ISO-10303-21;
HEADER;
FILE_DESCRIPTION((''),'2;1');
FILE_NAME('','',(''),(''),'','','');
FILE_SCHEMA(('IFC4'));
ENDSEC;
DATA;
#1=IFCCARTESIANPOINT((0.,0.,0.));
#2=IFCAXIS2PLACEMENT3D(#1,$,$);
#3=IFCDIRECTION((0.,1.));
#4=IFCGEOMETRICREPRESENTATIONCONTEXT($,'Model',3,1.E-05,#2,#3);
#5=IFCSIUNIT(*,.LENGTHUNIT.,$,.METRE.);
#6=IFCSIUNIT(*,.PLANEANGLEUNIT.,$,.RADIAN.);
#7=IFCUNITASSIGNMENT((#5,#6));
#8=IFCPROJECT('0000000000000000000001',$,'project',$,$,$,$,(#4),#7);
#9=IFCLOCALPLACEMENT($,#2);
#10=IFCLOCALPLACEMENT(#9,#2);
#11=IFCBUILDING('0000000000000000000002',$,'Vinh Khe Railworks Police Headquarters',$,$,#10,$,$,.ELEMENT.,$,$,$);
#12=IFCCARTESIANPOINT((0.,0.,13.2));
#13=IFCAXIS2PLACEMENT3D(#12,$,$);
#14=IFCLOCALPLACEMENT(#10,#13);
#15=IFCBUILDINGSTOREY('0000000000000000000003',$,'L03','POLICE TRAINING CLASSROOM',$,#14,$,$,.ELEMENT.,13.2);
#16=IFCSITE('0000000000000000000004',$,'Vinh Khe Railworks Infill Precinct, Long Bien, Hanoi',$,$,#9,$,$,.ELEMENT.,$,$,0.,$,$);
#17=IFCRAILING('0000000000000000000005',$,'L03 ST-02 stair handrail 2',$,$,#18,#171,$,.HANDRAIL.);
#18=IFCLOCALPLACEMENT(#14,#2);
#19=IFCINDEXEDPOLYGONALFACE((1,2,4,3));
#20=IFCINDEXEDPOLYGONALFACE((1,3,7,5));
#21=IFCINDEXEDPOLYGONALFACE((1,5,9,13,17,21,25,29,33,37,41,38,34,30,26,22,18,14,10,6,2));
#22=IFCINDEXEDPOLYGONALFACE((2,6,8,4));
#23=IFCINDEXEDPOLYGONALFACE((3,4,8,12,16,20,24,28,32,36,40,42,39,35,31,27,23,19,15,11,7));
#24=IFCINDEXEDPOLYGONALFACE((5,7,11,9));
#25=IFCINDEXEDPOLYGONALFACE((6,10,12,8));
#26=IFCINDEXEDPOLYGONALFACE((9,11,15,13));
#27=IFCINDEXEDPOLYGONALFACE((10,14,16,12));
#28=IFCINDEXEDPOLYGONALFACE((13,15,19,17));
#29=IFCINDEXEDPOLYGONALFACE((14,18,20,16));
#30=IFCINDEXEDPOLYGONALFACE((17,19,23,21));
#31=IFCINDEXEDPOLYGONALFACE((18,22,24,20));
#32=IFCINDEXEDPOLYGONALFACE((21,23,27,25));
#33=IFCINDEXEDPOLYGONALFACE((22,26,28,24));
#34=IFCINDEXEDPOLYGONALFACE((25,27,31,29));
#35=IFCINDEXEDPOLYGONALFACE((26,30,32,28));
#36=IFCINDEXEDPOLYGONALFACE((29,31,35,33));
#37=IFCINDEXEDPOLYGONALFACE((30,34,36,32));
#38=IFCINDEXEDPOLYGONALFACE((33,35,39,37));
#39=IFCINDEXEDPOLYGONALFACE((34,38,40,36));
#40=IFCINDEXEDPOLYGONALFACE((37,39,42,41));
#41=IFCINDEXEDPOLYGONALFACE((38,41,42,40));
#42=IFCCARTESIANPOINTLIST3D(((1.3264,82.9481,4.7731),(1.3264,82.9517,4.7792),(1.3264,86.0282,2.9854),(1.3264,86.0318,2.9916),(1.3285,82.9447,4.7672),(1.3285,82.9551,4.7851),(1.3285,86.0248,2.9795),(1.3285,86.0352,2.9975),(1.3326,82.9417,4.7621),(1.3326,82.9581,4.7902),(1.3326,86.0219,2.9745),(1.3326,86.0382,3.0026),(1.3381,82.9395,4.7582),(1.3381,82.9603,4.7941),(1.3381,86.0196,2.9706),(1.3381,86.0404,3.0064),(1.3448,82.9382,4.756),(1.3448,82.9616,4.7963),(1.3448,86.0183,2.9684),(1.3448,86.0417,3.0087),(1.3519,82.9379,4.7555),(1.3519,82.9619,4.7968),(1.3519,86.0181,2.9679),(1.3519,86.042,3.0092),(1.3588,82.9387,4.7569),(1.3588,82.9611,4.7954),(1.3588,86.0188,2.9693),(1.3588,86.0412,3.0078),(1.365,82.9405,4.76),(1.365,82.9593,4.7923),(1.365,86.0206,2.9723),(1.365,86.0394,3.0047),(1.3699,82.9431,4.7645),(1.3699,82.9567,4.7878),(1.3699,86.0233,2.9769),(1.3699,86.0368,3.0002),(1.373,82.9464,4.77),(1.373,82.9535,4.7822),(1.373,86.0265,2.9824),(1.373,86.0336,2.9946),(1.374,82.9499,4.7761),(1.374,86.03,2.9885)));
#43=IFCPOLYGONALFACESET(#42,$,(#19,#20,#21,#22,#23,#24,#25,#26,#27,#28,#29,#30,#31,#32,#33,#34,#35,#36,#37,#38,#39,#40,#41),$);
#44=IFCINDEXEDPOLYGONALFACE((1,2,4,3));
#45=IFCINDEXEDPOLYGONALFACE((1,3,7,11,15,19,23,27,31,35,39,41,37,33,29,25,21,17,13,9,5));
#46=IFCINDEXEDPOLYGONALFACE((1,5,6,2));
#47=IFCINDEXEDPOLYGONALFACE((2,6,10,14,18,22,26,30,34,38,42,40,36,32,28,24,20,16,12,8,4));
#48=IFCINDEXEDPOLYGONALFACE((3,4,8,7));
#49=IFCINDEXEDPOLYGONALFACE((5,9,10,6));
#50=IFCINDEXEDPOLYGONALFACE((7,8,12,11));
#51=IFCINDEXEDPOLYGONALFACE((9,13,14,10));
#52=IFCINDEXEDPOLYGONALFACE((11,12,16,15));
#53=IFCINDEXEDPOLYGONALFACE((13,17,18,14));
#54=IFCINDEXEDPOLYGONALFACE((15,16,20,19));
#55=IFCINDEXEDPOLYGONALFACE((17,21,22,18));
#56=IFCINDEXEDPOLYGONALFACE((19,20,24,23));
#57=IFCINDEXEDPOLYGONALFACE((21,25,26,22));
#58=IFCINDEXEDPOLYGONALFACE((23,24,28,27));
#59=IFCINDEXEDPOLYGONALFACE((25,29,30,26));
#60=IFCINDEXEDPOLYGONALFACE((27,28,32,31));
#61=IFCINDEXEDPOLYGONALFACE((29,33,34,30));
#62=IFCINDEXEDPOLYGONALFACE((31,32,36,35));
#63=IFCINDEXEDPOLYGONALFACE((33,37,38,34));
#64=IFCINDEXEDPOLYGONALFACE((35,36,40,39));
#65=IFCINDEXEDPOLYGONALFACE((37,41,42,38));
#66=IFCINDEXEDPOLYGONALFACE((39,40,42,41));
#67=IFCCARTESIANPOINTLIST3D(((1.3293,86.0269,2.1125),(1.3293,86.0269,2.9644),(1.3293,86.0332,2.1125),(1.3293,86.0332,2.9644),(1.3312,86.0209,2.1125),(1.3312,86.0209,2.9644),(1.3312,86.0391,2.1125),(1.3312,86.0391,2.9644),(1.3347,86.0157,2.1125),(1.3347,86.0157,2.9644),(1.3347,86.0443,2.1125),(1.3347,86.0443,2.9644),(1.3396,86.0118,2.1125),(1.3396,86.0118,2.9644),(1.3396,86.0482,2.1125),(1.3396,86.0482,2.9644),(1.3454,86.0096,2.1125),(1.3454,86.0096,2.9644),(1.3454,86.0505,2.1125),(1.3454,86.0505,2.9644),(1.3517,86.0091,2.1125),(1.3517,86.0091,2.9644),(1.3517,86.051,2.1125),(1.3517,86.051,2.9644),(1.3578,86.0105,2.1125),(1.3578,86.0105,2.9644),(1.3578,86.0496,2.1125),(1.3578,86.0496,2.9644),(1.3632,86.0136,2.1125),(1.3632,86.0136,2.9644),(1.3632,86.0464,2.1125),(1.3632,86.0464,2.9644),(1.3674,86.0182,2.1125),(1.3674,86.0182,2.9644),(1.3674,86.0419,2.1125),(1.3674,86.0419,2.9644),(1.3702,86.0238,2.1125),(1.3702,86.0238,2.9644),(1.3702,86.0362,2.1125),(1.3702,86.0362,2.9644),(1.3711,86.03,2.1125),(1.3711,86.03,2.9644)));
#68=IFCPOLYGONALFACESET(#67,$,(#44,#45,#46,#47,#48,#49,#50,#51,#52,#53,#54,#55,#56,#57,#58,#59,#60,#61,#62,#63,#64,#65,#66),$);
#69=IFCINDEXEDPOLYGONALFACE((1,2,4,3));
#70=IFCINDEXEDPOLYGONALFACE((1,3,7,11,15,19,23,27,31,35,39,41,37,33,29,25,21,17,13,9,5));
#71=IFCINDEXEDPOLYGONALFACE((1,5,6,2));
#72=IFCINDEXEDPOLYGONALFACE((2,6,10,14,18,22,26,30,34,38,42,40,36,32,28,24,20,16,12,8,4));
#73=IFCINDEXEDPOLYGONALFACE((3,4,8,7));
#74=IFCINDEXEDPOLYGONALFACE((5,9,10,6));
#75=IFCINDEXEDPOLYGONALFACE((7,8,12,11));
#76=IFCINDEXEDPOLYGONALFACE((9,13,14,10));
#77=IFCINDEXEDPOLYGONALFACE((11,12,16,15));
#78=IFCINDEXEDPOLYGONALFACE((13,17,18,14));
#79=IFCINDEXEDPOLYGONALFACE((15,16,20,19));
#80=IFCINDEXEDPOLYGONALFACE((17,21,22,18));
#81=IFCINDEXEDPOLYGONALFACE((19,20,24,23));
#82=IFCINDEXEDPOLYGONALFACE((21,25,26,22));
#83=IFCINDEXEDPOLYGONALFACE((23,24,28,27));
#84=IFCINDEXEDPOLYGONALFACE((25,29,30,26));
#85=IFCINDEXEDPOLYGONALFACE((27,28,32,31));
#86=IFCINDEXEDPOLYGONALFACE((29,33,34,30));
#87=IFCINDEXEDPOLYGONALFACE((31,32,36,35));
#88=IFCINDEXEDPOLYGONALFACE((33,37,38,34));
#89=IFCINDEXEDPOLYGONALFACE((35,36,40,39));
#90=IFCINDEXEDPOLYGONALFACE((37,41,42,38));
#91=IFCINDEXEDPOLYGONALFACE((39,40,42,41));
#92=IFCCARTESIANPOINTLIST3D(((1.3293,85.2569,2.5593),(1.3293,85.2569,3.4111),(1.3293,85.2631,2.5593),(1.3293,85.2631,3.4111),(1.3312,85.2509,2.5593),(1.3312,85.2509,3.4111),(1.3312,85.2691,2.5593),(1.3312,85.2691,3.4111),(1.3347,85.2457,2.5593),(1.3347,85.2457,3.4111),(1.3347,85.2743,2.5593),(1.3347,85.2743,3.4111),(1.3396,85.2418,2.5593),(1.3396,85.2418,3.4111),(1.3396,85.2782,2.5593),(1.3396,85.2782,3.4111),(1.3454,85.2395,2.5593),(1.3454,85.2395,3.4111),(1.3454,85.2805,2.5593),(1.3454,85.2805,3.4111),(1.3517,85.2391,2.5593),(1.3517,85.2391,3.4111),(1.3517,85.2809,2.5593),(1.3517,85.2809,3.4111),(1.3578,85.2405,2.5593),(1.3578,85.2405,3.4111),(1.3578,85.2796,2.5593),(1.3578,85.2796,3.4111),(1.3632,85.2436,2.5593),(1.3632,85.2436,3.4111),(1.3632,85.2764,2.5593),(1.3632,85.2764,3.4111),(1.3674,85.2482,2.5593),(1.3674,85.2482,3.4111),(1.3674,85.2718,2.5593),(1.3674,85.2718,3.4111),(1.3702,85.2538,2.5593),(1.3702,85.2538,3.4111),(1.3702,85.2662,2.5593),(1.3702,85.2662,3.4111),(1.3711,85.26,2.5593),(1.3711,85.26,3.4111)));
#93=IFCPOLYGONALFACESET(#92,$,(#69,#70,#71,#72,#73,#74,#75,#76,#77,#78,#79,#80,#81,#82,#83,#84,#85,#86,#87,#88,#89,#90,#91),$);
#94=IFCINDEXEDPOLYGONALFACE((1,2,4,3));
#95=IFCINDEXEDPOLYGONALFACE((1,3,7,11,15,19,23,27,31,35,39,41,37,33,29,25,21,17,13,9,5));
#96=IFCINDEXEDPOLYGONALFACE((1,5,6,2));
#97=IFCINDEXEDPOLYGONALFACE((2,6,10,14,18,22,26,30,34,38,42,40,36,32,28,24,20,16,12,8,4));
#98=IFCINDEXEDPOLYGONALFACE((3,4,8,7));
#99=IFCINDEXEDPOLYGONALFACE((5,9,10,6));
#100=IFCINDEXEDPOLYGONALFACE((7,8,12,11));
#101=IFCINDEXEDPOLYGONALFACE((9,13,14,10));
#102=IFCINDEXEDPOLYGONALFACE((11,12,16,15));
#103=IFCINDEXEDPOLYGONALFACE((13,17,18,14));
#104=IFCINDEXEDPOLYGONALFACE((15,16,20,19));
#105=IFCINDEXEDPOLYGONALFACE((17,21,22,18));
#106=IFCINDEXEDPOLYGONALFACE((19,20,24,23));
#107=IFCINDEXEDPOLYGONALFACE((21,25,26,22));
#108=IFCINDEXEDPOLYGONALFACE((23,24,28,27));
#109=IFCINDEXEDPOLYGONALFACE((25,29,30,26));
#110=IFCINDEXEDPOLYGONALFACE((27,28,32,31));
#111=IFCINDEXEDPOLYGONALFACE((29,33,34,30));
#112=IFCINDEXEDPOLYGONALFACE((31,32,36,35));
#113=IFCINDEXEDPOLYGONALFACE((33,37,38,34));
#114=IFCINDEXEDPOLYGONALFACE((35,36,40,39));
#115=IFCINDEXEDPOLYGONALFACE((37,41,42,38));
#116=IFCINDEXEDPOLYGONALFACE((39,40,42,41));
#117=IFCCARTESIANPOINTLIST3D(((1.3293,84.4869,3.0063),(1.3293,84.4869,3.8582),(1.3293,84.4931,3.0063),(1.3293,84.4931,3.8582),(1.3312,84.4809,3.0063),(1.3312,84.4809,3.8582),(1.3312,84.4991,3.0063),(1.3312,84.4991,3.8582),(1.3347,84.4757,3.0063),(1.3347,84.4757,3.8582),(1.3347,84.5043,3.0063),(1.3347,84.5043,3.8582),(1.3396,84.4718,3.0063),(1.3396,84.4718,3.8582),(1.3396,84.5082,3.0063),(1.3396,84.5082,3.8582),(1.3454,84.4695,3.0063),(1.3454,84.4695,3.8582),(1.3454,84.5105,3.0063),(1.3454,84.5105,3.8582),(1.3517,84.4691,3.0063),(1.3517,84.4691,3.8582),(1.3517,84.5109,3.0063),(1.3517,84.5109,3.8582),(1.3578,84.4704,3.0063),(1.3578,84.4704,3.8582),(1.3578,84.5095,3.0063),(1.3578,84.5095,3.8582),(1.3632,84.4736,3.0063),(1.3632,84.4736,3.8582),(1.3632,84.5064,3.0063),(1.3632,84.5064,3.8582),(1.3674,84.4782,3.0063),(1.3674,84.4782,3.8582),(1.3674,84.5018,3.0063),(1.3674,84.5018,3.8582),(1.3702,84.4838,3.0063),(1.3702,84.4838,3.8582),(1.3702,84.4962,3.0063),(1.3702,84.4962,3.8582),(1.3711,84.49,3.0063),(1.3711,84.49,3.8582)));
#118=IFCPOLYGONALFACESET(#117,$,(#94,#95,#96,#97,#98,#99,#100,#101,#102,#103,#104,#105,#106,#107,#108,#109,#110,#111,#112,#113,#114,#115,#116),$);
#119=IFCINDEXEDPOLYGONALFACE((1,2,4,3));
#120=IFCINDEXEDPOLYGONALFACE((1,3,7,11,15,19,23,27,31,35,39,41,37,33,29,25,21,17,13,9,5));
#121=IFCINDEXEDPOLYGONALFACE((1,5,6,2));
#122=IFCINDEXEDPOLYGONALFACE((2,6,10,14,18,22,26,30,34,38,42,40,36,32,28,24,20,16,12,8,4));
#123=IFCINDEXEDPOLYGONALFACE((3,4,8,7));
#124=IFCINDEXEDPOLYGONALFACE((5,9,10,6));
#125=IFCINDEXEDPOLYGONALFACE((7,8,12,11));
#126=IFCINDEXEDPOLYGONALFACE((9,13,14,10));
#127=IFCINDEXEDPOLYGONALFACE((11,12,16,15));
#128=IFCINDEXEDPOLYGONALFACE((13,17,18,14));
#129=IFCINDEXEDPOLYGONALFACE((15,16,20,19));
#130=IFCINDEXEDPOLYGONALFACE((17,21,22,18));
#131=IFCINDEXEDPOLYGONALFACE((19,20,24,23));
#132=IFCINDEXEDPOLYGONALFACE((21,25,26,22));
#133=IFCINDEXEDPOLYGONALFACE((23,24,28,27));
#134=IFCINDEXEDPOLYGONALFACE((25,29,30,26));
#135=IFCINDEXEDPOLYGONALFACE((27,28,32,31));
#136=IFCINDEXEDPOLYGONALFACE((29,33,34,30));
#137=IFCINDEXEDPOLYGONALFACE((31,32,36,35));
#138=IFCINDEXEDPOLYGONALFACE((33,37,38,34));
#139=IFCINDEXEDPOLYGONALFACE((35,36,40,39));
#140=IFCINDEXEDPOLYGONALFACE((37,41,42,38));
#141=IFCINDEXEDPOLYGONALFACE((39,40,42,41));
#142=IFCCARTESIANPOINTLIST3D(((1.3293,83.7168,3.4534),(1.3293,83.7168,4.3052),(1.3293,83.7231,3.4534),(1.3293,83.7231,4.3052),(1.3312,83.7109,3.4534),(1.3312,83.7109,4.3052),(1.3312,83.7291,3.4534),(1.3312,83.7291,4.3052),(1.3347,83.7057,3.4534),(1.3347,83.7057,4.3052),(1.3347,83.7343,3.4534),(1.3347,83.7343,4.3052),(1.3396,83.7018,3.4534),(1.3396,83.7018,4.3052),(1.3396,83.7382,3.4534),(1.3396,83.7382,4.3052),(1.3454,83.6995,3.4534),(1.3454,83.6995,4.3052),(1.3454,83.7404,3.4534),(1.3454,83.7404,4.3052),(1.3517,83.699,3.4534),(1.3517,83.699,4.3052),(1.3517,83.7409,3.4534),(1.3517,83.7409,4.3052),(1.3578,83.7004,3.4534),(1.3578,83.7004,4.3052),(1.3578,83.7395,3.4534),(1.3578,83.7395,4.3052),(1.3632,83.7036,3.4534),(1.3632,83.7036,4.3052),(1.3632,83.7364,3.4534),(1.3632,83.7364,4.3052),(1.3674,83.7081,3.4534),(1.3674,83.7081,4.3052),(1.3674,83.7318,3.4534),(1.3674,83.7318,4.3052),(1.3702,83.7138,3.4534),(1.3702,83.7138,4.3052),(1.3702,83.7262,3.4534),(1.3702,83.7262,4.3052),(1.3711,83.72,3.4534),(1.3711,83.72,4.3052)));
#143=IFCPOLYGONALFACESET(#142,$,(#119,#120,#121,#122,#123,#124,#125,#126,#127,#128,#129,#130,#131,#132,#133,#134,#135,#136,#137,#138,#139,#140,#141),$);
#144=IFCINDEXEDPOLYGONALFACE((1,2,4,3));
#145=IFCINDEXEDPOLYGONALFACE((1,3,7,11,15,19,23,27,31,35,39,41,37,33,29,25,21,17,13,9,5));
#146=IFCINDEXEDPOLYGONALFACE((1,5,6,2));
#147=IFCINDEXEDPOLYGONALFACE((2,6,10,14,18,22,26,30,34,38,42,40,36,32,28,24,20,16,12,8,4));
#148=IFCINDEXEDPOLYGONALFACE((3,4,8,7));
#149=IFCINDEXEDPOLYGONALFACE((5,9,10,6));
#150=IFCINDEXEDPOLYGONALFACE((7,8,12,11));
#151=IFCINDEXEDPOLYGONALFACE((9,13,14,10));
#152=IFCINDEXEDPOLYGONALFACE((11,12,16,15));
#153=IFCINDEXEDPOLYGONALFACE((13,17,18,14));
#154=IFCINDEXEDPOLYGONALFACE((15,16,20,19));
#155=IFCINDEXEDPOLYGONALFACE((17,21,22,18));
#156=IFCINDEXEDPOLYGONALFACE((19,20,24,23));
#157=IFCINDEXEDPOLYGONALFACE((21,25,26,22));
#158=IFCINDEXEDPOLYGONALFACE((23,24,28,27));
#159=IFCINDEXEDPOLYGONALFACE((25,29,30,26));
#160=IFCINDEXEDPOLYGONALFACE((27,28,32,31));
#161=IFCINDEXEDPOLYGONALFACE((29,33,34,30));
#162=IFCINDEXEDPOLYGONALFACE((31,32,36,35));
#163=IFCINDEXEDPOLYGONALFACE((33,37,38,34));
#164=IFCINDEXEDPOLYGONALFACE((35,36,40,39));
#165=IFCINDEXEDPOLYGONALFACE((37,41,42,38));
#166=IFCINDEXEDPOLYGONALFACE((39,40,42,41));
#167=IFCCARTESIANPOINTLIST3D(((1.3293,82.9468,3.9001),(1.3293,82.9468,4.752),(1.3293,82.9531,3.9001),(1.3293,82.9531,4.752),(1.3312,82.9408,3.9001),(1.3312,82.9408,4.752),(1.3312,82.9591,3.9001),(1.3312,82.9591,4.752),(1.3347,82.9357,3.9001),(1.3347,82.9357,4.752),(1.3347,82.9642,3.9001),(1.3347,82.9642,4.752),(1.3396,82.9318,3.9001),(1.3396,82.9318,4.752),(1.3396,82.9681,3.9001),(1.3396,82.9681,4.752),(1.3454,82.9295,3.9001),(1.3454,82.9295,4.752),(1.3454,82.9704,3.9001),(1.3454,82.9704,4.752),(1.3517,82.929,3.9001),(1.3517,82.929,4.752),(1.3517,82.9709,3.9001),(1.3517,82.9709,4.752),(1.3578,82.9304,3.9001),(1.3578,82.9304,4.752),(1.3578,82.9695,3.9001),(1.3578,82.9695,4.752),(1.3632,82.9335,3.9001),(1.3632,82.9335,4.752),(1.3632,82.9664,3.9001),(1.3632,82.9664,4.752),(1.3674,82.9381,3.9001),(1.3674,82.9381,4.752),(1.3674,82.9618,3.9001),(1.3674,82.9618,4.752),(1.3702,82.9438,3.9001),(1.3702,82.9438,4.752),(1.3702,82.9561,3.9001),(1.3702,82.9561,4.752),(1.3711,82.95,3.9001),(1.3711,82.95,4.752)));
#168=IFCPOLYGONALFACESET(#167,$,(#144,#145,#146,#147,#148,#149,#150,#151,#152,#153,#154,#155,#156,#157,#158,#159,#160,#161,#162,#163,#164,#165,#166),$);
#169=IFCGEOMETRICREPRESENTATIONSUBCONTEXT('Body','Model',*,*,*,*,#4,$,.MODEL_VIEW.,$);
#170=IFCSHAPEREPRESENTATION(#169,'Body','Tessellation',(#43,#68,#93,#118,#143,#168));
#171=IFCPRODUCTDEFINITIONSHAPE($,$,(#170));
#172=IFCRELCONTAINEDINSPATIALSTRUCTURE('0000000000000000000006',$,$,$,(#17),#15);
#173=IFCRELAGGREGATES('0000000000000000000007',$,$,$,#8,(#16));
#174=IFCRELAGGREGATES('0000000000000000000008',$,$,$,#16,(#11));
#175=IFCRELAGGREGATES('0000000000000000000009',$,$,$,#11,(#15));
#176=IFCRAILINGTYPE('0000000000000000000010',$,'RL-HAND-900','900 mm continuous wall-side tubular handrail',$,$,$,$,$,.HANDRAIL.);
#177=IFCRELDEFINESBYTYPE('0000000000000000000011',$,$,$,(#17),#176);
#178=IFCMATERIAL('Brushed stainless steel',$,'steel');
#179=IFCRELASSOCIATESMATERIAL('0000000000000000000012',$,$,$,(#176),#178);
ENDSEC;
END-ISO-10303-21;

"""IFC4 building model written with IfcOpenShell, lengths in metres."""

from ifc_helpers import new_model, si_unit, direction, frame, origin, origin_2d, place, context, subcontext, project, spatial, circle, extrude, material, type_object, element, save


model = new_model("IFC4")

# Units and contexts
model_context = context("Model", 3, precision=1e-05, world=origin(), true_north=direction((0.0, 1.0)))
body_context = subcontext(model_context, "Body", "Model", "MODEL_VIEW")
ifc_project = project(units=[si_unit("LENGTHUNIT", "METRE"), si_unit("PLANEANGLEUNIT", "RADIAN")], contexts=[model_context])

# Site, building, storey
site_placement = place(None, origin())
site = spatial("IfcSite", under=ifc_project, at=site_placement, Name="Vinh Khe Railworks Infill Precinct, Long Bien, Hanoi", CompositionType="ELEMENT", RefElevation=0.0)
building_placement = place(site_placement, origin())
building = spatial("IfcBuilding", under=site, at=building_placement, Name="Vinh Khe Railworks Police Headquarters", CompositionType="ELEMENT")
storey_placement = place(building_placement, frame((0.0, 0.0, 13.2)))
storey = spatial("IfcBuildingStorey", under=building, at=storey_placement, Name="L03", Description="POLICE TRAINING CLASSROOM", CompositionType="ELEMENT", Elevation=13.2)

# Railing
ifc_material_1 = material(Name="Brushed stainless steel", Category="steel")
railing_type_1 = type_object("IfcRailingType", Name="RL-HAND-900", Description="900 mm continuous wall-side tubular handrail", PredefinedType="HANDRAIL", material=ifc_material_1)
railing_1_placement = place(storey_placement, frame((1.3501, 86.03, 2.1125)))
element("IfcRailing", 1, at=railing_1_placement, inside=storey, type_object=railing_type_1, Name="L03 ST-02 stair handrail 2", PredefinedType="HANDRAIL", context=body_context, shape_type="SweptSolid", body=[
    extrude(circle(Radius=0.0239, at=origin_2d()), frame((0.0, 0.0, 0.876), z_axis=(0.0, -0.864891, 0.50196), x_axis=(1.0, 0.0, 0.0)), (0.0, 0.0, 1.0), 3.5613),
    extrude(circle(Radius=0.021, at=origin_2d()), origin(), (0.0, 0.0, 1.0), 0.8518),
    extrude(circle(Radius=0.021, at=origin_2d()), frame((0.0, -0.77, 0.4468)), (0.0, 0.0, 1.0), 0.8518),
    extrude(circle(Radius=0.021, at=origin_2d()), frame((0.0, -1.54, 0.8938)), (0.0, 0.0, 1.0), 0.8518),
    extrude(circle(Radius=0.021, at=origin_2d()), frame((0.0, -2.3101, 1.3408)), (0.0, 0.0, 1.0), 0.8518),
    extrude(circle(Radius=0.021, at=origin_2d()), frame((0.0, -3.0801, 1.7876)), (0.0, 0.0, 1.0), 0.8518),
])

save(model, "model.ifc")
